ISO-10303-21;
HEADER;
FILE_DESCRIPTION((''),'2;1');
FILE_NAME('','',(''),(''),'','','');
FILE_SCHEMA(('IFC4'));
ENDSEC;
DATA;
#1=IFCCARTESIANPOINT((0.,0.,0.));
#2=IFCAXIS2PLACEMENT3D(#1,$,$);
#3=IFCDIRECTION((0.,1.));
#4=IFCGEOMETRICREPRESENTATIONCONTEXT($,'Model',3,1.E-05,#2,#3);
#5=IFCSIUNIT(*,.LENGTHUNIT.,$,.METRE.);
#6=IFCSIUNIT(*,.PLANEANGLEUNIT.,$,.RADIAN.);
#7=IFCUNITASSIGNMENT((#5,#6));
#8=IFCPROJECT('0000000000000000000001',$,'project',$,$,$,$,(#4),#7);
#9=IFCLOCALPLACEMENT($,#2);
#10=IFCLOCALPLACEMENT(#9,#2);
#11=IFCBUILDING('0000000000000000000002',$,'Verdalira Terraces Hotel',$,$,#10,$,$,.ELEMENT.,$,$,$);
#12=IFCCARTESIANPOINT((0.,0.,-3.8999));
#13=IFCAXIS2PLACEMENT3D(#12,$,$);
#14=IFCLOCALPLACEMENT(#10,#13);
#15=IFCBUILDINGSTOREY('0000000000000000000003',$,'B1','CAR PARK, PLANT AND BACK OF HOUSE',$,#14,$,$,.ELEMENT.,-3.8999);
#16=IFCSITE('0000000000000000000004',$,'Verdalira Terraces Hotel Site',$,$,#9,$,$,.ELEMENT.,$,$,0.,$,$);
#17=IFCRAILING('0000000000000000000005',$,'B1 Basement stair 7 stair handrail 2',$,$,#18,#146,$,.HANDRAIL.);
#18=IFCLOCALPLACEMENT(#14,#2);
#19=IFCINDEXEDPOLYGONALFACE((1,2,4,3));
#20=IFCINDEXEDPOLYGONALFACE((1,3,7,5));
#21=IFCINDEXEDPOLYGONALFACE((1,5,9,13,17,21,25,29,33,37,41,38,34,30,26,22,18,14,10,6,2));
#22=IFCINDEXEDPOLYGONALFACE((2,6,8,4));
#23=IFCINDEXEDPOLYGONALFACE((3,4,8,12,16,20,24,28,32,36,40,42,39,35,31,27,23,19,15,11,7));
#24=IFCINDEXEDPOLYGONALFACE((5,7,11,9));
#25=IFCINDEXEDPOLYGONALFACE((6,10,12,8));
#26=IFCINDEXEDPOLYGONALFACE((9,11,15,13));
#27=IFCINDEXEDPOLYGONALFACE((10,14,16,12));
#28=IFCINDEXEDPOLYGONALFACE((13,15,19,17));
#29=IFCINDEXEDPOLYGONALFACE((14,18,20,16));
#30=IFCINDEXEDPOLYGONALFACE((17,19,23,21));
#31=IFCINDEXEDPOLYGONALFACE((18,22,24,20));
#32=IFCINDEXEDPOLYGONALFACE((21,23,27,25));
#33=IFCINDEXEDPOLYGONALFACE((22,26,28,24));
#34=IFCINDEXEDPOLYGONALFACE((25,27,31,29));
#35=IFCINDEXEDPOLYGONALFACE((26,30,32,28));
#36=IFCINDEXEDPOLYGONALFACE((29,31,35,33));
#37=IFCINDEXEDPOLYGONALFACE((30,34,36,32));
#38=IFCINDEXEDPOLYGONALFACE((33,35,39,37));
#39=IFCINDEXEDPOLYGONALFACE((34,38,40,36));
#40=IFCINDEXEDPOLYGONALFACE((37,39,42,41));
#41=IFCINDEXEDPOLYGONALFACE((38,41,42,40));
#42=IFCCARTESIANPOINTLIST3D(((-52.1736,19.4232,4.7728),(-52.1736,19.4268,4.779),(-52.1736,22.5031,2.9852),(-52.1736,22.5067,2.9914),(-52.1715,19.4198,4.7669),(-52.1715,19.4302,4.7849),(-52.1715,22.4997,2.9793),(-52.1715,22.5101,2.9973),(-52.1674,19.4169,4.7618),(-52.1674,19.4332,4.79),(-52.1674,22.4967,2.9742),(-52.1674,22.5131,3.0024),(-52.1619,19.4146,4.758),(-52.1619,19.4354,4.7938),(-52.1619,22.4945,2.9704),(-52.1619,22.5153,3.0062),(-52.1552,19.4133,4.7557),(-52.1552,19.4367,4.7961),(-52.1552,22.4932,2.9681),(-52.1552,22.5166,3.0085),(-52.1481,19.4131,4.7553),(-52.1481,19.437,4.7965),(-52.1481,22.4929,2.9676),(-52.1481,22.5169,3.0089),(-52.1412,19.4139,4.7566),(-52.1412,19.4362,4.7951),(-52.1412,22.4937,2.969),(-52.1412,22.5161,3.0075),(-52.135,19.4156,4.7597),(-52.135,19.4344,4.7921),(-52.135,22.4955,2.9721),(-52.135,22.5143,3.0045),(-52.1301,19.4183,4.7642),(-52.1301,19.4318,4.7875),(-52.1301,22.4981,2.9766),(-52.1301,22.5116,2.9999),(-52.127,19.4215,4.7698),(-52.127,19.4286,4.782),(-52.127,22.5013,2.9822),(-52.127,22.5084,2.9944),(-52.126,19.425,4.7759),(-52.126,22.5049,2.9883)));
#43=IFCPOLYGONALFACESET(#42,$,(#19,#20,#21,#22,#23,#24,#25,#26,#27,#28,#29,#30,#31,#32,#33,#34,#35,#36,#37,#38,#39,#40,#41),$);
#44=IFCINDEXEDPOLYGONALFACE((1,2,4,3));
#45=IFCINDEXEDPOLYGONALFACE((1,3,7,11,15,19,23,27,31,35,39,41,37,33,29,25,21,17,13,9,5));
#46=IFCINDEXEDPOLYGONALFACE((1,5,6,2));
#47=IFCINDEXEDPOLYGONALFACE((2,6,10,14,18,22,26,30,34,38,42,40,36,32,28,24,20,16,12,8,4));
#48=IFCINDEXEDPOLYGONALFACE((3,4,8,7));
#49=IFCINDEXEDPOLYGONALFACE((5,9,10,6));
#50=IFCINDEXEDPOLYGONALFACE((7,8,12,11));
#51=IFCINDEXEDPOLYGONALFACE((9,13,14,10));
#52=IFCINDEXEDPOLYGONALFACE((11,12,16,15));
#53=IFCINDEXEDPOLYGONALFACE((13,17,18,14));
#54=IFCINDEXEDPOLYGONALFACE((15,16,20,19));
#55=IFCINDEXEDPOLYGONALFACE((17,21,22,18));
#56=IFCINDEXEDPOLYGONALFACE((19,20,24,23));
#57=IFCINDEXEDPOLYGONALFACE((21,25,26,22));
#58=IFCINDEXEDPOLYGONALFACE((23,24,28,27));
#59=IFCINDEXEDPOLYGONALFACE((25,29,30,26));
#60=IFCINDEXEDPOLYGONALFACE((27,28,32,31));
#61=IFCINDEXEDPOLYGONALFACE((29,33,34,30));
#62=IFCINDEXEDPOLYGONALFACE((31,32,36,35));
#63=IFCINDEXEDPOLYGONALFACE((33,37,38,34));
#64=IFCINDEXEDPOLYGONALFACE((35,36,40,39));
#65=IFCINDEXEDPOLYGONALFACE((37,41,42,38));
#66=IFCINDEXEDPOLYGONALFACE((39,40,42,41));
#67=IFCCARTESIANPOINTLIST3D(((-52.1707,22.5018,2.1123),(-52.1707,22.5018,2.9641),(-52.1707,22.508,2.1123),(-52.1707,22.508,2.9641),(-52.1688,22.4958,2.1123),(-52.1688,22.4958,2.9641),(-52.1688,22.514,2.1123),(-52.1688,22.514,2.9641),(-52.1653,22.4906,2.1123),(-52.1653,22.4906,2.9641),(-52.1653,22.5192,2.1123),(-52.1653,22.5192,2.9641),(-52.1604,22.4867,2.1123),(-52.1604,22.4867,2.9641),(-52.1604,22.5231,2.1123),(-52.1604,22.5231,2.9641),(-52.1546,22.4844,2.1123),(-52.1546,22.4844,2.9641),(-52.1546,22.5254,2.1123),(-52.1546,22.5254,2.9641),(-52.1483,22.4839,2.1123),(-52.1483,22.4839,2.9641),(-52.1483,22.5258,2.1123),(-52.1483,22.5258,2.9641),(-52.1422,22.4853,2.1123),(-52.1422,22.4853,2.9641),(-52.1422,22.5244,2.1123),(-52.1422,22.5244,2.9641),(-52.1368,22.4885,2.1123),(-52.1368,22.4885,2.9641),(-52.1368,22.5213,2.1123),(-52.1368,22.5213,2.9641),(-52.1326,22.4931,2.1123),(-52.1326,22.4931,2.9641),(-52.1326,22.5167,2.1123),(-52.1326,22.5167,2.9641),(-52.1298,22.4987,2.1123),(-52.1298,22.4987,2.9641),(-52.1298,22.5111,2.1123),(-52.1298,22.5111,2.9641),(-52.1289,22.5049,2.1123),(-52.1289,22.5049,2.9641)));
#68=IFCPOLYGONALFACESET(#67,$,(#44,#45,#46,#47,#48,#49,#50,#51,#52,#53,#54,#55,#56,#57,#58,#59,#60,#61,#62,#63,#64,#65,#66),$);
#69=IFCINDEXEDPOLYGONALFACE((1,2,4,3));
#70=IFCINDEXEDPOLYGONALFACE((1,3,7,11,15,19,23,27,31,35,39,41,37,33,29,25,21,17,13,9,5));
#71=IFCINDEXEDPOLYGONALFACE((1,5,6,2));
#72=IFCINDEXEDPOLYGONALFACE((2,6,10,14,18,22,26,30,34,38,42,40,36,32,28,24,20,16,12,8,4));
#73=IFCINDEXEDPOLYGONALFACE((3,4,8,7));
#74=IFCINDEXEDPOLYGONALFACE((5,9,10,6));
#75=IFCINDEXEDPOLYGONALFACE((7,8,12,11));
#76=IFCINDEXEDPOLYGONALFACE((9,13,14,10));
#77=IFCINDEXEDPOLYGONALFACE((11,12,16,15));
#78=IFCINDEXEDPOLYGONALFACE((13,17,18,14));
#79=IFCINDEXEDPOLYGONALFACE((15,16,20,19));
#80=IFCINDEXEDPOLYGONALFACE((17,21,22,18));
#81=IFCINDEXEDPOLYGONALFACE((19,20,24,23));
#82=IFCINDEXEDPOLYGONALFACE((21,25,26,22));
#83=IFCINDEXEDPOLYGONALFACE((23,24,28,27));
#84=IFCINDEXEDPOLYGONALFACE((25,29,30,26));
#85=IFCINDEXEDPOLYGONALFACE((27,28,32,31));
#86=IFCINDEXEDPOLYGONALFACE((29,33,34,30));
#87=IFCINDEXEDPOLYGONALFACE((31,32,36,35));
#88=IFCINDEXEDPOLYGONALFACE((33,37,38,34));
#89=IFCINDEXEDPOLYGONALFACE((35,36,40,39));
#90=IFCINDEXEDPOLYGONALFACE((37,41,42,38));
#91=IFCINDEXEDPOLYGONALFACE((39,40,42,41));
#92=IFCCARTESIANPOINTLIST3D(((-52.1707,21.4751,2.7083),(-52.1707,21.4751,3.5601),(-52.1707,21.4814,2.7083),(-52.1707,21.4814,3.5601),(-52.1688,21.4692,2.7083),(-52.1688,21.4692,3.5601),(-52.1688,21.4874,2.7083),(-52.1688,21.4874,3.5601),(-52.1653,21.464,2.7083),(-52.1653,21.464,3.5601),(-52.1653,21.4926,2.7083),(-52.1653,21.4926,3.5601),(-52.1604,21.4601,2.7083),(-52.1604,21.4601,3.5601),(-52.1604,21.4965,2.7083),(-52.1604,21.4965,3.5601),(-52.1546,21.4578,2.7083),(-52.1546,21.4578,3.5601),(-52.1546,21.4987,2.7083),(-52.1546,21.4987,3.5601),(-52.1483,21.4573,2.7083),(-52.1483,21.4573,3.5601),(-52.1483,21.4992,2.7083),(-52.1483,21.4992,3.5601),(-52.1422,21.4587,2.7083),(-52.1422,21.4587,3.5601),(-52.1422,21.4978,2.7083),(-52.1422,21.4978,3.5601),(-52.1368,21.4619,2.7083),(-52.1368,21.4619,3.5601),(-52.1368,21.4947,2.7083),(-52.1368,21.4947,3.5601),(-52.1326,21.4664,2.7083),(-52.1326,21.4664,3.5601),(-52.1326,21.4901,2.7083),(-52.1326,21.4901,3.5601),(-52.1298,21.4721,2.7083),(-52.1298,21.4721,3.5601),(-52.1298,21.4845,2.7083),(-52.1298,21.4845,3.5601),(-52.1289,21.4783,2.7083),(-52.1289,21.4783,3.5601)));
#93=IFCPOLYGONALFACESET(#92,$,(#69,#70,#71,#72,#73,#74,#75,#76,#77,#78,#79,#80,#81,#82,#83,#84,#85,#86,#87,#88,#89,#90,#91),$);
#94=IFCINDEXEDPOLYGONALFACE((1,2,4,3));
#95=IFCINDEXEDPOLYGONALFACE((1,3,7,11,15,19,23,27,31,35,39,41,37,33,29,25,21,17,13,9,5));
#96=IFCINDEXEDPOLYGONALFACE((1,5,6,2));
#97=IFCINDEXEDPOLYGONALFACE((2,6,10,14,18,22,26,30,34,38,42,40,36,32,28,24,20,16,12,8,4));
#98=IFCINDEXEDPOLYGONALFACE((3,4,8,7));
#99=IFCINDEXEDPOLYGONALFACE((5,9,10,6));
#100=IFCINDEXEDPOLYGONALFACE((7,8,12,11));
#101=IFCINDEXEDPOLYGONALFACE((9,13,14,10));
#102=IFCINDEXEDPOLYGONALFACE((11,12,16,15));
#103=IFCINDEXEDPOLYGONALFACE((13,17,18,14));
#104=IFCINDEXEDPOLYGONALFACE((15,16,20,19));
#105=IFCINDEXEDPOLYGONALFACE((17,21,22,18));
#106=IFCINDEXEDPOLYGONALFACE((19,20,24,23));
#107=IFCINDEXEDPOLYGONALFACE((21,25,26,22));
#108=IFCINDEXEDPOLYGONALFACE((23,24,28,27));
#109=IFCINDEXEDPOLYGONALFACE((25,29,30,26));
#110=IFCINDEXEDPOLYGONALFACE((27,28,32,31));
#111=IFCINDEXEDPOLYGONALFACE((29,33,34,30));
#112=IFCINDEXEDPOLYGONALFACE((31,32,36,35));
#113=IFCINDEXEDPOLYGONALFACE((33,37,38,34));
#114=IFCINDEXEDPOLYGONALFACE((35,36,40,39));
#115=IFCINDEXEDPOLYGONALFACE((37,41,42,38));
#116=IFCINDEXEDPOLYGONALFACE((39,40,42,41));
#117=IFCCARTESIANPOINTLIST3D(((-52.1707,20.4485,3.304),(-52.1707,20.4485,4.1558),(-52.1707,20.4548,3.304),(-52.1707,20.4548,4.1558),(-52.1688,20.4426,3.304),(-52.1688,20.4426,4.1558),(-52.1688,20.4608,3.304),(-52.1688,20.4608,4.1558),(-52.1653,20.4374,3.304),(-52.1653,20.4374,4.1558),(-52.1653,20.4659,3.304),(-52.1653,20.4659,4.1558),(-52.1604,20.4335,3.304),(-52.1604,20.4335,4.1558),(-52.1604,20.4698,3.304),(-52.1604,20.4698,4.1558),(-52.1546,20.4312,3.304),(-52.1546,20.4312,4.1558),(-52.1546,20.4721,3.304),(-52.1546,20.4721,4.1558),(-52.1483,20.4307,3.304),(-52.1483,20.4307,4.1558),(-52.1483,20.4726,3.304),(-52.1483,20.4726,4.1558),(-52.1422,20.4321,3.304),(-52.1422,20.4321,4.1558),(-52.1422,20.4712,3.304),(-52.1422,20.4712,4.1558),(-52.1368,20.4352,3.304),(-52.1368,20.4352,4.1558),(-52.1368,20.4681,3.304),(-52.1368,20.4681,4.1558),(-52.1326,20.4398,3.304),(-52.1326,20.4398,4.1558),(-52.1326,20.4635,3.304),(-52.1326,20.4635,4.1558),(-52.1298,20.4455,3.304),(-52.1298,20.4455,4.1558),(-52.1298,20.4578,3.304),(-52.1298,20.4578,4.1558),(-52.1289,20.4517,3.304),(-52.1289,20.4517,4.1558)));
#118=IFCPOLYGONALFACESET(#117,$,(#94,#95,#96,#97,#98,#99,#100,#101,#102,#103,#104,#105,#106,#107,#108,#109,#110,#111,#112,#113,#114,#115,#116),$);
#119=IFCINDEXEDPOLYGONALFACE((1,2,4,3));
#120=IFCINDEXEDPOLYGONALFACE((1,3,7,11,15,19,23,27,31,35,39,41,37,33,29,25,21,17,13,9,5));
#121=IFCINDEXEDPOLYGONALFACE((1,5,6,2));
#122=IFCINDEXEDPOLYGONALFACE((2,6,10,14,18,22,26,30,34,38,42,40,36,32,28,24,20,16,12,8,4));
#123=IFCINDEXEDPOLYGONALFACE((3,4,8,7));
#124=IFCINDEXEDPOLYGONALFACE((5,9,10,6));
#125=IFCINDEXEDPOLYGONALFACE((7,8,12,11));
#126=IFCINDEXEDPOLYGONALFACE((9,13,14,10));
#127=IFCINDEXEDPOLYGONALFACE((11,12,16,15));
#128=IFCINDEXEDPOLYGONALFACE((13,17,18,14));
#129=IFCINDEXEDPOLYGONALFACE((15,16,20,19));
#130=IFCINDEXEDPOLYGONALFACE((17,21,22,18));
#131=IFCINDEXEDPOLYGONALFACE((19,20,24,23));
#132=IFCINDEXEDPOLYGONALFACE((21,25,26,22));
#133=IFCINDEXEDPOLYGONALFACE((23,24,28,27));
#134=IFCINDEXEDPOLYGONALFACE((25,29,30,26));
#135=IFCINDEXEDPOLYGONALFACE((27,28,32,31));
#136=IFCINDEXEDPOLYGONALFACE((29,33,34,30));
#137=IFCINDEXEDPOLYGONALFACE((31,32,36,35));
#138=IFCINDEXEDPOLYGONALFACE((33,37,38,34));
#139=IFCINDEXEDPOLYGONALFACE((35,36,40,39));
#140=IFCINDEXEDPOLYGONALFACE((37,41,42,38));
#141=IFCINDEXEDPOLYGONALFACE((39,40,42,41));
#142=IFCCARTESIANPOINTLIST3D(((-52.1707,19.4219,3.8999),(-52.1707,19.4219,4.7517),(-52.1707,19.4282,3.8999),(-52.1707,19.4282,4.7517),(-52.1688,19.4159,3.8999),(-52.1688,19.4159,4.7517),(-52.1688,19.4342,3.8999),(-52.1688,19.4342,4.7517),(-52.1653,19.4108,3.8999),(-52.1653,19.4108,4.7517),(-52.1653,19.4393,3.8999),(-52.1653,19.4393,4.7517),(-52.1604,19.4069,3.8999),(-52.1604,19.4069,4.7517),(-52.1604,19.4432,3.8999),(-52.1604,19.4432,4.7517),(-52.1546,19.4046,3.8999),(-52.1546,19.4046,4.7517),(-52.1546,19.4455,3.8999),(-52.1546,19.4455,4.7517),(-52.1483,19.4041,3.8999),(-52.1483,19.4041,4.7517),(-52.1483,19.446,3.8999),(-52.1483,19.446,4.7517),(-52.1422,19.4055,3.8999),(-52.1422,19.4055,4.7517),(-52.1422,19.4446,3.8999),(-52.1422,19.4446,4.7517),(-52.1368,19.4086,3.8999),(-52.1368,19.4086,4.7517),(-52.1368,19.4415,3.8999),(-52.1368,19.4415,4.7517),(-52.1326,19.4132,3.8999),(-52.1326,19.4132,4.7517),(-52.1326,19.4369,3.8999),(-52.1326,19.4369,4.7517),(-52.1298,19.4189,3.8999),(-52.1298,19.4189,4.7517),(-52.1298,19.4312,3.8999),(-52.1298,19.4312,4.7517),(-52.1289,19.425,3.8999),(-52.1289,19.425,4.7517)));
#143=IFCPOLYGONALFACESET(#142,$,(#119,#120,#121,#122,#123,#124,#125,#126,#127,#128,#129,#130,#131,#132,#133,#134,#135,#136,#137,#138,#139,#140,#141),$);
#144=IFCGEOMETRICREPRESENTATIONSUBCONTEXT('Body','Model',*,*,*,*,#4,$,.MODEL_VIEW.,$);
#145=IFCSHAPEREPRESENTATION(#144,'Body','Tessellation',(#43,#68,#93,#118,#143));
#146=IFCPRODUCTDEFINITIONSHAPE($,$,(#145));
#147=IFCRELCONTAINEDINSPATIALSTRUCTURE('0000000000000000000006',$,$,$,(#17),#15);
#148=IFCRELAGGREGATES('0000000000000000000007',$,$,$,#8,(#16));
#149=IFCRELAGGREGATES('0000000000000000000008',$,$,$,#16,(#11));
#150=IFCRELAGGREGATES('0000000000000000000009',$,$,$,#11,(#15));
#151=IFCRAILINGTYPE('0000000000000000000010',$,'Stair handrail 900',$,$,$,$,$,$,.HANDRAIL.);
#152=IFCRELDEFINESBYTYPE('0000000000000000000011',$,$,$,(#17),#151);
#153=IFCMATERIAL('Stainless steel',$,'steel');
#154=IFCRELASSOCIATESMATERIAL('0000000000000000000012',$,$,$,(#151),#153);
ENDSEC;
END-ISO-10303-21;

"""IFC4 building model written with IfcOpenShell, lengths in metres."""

from ifc_helpers import new_model, si_unit, direction, frame, origin, origin_2d, place, context, subcontext, project, spatial, circle, extrude, material, type_object, element, save


model = new_model("IFC4")

# Units and contexts
model_context = context("Model", 3, precision=1e-05, world=origin(), true_north=direction((0.0, 1.0)))
body_context = subcontext(model_context, "Body", "Model", "MODEL_VIEW")
ifc_project = project(units=[si_unit("LENGTHUNIT", "METRE"), si_unit("PLANEANGLEUNIT", "RADIAN")], contexts=[model_context])

# Site, building, storey
site_placement = place(None, origin())
site = spatial("IfcSite", under=ifc_project, at=site_placement, Name="Verdalira Terraces Hotel Site", CompositionType="ELEMENT", RefElevation=0.0)
building_placement = place(site_placement, origin())
building = spatial("IfcBuilding", under=site, at=building_placement, Name="Verdalira Terraces Hotel", CompositionType="ELEMENT")
storey_placement = place(building_placement, frame((0.0, 0.0, -3.8999)))
storey = spatial("IfcBuildingStorey", under=building, at=storey_placement, Name="B1", Description="CAR PARK, PLANT AND BACK OF HOUSE", CompositionType="ELEMENT", Elevation=-3.8999)

# Railing
ifc_material_1 = material(Name="Stainless steel", Category="steel")
railing_type_1 = type_object("IfcRailingType", Name="Stair handrail 900", PredefinedType="HANDRAIL", material=ifc_material_1)
railing_1_placement = place(storey_placement, frame((-52.1499, 22.5049, 2.1123)))
element("IfcRailing", 1, at=railing_1_placement, inside=storey, type_object=railing_type_1, Name="B1 Basement stair 7 stair handrail 2", PredefinedType="HANDRAIL", context=body_context, shape_type="SweptSolid", body=[
    extrude(circle(Radius=0.0239, at=origin_2d()), frame((0.0, 0.0, 0.876), z_axis=(0.0, -0.864873, 0.50199), x_axis=(1.0, 0.0, 0.0)), (0.0, 0.0, 1.0), 3.561),
    extrude(circle(Radius=0.021, at=origin_2d()), origin(), (0.0, 0.0, 1.0), 0.8518),
    extrude(circle(Radius=0.021, at=origin_2d()), frame((0.0, -1.0266, 0.5959)), (0.0, 0.0, 1.0), 0.8518),
    extrude(circle(Radius=0.021, at=origin_2d()), frame((0.0, -2.0532, 1.1917)), (0.0, 0.0, 1.0), 0.8518),
    extrude(circle(Radius=0.021, at=origin_2d()), frame((0.0, -3.0798, 1.7876)), (0.0, 0.0, 1.0), 0.8518),
])

save(model, "model.ifc")
